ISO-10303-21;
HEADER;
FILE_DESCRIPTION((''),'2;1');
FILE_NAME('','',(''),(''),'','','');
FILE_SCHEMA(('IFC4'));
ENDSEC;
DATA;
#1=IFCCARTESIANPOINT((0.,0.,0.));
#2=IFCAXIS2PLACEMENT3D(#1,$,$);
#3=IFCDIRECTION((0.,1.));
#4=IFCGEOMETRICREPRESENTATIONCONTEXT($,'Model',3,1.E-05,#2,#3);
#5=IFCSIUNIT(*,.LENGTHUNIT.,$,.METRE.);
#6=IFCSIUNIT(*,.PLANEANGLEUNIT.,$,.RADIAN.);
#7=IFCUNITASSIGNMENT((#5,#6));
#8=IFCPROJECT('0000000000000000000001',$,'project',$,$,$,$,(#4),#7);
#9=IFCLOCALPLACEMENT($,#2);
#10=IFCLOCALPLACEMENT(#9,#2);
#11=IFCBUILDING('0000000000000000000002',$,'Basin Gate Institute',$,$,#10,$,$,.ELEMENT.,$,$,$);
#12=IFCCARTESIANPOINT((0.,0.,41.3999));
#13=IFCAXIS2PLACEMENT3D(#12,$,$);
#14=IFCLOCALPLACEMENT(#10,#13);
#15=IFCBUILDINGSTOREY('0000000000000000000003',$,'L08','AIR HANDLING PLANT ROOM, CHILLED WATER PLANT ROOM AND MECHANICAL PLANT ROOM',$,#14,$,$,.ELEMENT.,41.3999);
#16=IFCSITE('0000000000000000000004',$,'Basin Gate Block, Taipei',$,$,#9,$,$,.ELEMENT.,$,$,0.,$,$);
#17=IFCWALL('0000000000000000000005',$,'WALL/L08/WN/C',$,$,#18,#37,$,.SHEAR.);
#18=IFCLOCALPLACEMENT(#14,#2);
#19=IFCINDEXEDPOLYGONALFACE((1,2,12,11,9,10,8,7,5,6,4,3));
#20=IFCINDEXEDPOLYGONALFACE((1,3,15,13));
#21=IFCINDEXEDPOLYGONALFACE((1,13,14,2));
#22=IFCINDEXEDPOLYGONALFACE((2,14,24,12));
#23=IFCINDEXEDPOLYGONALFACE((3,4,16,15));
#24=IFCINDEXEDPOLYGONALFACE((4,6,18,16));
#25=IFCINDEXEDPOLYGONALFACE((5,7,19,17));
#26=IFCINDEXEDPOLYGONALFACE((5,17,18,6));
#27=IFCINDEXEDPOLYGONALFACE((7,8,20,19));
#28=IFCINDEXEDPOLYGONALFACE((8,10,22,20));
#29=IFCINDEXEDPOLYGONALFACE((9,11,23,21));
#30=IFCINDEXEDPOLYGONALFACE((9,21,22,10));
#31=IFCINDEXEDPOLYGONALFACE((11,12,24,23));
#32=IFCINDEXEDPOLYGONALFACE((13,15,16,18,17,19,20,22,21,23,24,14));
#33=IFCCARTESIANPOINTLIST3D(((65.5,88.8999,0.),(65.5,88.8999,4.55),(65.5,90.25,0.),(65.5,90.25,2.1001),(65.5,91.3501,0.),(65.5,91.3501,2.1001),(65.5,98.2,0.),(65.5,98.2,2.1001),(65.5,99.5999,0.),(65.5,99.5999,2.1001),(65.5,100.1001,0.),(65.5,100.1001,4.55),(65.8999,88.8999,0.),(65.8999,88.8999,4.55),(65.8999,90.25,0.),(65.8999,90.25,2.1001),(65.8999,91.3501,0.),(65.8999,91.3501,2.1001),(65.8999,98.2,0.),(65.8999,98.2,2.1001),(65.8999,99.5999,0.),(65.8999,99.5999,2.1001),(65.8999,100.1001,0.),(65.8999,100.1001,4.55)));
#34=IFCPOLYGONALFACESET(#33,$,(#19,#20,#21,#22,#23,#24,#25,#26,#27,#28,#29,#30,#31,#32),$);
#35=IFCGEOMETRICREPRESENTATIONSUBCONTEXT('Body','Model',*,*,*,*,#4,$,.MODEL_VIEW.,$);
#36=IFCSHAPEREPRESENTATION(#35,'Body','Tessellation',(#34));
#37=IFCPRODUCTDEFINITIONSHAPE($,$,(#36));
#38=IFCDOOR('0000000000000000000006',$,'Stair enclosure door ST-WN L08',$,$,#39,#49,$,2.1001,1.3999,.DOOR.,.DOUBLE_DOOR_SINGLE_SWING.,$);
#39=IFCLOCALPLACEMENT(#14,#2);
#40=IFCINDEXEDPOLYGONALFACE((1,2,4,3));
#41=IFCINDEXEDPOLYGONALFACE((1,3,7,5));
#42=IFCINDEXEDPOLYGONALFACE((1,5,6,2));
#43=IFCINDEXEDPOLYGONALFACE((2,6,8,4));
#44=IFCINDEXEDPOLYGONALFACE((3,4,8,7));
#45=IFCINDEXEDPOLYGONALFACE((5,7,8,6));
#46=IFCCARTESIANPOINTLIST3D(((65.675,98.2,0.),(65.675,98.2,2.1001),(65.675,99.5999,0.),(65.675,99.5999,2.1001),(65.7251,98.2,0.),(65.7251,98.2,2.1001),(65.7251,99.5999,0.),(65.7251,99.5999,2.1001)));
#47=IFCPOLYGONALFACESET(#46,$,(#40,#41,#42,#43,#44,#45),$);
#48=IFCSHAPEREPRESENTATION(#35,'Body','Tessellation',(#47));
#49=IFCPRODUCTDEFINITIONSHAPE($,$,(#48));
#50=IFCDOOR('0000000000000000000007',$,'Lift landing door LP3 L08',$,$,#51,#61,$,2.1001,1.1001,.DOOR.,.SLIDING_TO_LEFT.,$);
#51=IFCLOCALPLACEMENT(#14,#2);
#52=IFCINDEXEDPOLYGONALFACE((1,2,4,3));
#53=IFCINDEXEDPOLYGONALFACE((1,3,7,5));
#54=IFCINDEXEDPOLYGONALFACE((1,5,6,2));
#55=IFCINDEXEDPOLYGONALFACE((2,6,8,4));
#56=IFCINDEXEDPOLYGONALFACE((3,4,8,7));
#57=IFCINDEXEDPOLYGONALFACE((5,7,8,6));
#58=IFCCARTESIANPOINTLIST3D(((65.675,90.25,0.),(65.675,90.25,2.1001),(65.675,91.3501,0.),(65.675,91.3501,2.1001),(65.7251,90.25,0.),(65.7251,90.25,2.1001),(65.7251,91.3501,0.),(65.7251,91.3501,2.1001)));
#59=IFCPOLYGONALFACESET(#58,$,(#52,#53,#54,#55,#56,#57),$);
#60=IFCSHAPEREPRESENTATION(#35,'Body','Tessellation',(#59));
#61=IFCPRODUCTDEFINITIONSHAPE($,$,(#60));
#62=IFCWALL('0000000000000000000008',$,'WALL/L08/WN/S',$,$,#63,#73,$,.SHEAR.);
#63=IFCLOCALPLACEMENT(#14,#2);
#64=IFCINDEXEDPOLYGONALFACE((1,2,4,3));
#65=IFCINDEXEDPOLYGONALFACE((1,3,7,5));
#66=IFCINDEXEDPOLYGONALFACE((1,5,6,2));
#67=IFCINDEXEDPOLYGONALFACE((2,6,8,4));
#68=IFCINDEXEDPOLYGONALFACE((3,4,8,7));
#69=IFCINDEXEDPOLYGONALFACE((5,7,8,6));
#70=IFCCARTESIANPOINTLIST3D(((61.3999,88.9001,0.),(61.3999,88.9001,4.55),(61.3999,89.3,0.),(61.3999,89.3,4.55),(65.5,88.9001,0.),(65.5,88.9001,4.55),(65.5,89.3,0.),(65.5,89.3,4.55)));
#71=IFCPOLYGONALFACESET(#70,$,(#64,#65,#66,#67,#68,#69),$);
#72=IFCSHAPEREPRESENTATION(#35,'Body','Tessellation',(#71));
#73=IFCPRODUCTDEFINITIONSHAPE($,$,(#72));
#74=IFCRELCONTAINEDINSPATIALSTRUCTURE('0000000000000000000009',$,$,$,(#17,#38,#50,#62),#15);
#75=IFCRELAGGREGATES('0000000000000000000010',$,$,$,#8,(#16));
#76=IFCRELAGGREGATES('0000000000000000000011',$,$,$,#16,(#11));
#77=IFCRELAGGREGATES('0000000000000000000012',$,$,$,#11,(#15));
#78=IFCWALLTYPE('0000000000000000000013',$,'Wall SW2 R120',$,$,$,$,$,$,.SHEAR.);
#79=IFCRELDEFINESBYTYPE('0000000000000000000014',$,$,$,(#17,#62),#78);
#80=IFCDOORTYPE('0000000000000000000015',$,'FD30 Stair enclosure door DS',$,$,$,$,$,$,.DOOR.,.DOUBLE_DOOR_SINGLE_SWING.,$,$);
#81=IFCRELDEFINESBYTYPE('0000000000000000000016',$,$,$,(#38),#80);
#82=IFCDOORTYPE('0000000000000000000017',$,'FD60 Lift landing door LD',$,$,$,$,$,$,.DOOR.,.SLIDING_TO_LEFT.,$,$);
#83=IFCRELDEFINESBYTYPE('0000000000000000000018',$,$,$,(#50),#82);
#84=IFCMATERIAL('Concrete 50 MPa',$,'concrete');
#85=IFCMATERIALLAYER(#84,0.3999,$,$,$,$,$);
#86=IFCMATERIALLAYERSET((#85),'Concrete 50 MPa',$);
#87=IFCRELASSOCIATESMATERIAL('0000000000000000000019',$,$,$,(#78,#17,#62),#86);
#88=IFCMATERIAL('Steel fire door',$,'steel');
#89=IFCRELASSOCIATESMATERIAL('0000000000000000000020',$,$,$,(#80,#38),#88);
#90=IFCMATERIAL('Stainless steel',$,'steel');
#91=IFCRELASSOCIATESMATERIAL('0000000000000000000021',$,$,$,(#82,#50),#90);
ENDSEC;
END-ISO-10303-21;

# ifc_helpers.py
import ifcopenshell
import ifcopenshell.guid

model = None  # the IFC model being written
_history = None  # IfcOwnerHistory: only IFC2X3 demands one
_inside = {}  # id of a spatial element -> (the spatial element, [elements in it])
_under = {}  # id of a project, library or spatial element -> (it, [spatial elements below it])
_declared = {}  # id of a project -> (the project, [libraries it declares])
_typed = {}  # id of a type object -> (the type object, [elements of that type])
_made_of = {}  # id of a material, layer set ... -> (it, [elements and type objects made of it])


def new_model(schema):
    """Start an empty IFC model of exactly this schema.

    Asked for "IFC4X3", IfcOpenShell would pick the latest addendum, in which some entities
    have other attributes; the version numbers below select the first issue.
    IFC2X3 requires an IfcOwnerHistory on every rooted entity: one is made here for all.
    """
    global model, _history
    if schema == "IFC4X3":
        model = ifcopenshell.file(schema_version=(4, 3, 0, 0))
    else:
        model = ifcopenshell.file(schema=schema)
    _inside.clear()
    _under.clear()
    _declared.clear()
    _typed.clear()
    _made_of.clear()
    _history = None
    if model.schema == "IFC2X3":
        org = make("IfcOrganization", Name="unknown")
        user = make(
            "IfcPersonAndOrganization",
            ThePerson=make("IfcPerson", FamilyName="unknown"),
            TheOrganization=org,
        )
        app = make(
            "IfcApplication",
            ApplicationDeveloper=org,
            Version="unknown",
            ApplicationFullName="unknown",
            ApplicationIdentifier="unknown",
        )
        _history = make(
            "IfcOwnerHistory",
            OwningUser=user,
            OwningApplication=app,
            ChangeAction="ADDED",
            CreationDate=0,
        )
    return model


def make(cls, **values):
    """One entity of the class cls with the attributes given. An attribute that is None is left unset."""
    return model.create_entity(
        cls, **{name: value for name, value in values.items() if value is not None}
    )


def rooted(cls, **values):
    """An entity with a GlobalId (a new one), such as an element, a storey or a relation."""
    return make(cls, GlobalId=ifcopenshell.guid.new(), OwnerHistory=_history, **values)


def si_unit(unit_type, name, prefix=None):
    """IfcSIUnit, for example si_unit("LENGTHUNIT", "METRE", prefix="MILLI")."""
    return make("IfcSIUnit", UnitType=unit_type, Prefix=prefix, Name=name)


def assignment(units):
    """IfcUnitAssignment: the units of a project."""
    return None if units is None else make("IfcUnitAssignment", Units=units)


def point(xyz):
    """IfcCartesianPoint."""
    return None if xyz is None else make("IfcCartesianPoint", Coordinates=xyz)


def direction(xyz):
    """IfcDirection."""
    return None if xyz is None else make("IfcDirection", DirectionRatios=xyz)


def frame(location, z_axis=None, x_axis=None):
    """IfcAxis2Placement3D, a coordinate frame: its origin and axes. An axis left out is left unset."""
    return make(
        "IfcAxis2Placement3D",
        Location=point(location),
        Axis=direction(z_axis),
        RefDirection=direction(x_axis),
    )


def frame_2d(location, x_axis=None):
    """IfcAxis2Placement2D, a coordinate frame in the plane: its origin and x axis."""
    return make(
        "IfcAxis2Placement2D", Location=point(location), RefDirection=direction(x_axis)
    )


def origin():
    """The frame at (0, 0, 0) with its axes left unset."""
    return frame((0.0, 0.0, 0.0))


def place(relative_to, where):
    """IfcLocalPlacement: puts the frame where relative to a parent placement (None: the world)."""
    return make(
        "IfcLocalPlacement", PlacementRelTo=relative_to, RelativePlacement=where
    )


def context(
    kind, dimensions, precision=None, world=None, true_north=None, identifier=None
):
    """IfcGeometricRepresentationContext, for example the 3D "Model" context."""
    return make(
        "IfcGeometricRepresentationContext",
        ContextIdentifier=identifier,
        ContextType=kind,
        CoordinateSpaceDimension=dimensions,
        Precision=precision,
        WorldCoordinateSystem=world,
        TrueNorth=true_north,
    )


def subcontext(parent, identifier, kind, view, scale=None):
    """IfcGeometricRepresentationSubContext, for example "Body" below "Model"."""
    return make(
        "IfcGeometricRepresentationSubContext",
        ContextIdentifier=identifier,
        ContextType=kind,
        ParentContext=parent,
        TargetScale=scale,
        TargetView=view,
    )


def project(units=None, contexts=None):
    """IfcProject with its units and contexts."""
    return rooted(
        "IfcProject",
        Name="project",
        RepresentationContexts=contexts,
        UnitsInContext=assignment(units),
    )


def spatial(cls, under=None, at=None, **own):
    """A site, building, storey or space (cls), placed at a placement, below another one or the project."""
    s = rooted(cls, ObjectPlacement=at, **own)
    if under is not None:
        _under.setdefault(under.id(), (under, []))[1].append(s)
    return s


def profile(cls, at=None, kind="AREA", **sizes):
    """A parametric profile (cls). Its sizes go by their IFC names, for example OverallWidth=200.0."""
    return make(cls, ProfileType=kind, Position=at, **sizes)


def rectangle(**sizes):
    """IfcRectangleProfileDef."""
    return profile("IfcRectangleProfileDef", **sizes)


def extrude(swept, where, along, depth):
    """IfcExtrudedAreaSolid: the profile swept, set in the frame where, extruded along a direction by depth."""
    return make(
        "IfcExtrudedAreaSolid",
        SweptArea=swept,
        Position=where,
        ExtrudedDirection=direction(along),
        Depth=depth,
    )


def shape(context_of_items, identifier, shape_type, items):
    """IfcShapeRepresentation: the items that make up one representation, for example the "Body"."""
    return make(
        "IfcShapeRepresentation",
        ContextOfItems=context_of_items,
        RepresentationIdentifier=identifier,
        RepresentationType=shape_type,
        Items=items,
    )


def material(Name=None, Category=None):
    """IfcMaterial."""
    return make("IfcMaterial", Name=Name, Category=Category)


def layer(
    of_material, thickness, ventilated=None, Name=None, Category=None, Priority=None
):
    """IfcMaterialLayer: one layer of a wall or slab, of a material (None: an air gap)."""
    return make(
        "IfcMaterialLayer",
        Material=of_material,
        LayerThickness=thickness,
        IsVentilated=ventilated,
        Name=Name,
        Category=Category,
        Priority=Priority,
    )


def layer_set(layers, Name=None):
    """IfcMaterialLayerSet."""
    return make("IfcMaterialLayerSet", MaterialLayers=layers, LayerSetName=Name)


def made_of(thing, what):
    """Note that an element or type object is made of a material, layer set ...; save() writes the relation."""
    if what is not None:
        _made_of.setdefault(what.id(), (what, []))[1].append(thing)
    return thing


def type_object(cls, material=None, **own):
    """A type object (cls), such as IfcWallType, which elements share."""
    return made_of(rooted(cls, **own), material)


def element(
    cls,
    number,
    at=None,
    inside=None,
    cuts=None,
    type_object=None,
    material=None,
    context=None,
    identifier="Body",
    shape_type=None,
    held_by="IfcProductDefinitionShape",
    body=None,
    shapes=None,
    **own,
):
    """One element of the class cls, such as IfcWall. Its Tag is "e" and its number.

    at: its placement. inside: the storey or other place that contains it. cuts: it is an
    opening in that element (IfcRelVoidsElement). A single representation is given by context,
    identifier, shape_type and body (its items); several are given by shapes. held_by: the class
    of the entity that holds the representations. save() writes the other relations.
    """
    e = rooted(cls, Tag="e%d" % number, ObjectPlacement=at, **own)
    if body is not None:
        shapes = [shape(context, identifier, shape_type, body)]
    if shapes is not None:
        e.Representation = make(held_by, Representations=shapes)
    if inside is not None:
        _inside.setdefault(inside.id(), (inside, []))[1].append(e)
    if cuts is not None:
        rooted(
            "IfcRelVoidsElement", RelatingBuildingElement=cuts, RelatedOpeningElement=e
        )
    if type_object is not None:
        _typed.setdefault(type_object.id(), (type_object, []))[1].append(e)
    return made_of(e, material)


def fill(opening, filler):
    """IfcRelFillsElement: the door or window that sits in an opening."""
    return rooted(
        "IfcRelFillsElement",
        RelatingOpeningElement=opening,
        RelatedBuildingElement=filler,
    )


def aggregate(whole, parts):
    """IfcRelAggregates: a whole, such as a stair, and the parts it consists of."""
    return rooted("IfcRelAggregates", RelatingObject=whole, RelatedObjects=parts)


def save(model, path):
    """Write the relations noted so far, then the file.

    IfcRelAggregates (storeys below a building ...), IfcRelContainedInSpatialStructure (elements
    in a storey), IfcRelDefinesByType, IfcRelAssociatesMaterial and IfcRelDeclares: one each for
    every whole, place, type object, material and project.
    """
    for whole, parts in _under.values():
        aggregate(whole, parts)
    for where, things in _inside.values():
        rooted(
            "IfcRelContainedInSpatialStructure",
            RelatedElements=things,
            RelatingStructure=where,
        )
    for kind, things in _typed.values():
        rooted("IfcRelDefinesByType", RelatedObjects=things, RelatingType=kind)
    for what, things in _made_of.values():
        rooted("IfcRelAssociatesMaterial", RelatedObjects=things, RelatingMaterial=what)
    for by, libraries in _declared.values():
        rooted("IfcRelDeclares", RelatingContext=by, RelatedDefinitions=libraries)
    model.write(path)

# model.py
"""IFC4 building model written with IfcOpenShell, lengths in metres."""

from ifc_helpers import new_model, si_unit, direction, frame, frame_2d, origin, place, context, subcontext, project, spatial, rectangle, extrude, material, layer, layer_set, type_object, element, fill, save


model = new_model("IFC4")

# Units and contexts
model_context = context("Model", 3, precision=1e-05, world=origin(), true_north=direction((0.0, 1.0)))
body_context = subcontext(model_context, "Body", "Model", "MODEL_VIEW")
ifc_project = project(units=[si_unit("LENGTHUNIT", "METRE"), si_unit("PLANEANGLEUNIT", "RADIAN")], contexts=[model_context])

# Site, building, storey
site_placement = place(None, origin())
site = spatial("IfcSite", under=ifc_project, at=site_placement, Name="Basin Gate Block, Taipei", CompositionType="ELEMENT", RefElevation=0.0)
building_placement = place(site_placement, origin())
building = spatial("IfcBuilding", under=site, at=building_placement, Name="Basin Gate Institute", CompositionType="ELEMENT")
storey_placement = place(building_placement, frame((0.0, 0.0, 41.3999)))
storey = spatial("IfcBuildingStorey", under=building, at=storey_placement, Name="L08", Description="AIR HANDLING PLANT ROOM, CHILLED WATER PLANT ROOM AND MECHANICAL PLANT ROOM", CompositionType="ELEMENT", Elevation=41.3999)

# Shared definitions
ifc_material_1 = material(Name="Concrete 50 MPa", Category="concrete")
ifc_layer_1 = layer(ifc_material_1, 0.3999)
ifc_layer_set_1 = layer_set([ifc_layer_1], Name="Concrete 50 MPa")
wall_type_1 = type_object("IfcWallType", Name="Wall SW2 R120", PredefinedType="SHEAR", material=ifc_layer_set_1)

# Wall, openings, doors
wall_1_placement = place(storey_placement, frame((65.7, 88.8999, 0.0), z_axis=(0.0, 0.0, 1.0), x_axis=(0.0, 1.0, 0.0)))
wall_1 = element("IfcWall", 1, at=wall_1_placement, inside=storey, type_object=wall_type_1, material=ifc_layer_set_1, Name="WALL/L08/WN/C", PredefinedType="SHEAR", context=body_context, shape_type="SweptSolid", body=[
    extrude(rectangle(XDim=11.2002, YDim=0.3999, at=frame_2d((5.6001, 0.0))), origin(), (0.0, 0.0, 1.0), 4.55),
])
opening_1_placement = place(wall_1_placement, frame((9.3, 0.0, 0.0)))
opening_1 = element("IfcOpeningElement", 2, at=opening_1_placement, cuts=wall_1, PredefinedType="OPENING", context=body_context, shape_type="SweptSolid", body=[
    extrude(rectangle(XDim=1.3999, YDim=2.1001, at=frame_2d((0.7, 1.05))), frame((0.0, 0.21, 0.0), z_axis=(0.0, -1.0, 0.0), x_axis=(1.0, 0.0, 0.0)), (0.0, 0.0, 1.0), 0.4199),
])
opening_2_placement = place(wall_1_placement, frame((1.3501, 0.0, 0.0)))
opening_2 = element("IfcOpeningElement", 3, at=opening_2_placement, cuts=wall_1, PredefinedType="OPENING", context=body_context, shape_type="SweptSolid", body=[
    extrude(rectangle(XDim=1.1001, YDim=2.1001, at=frame_2d((0.55, 1.05))), frame((0.0, 0.21, 0.0), z_axis=(0.0, -1.0, 0.0), x_axis=(1.0, 0.0, 0.0)), (0.0, 0.0, 1.0), 0.4199),
])
ifc_material_2 = material(Name="Steel fire door", Category="steel")
door_type_1 = type_object("IfcDoorType", Name="FD30 Stair enclosure door DS", OperationType="DOUBLE_DOOR_SINGLE_SWING", PredefinedType="DOOR", material=ifc_material_2)
door_1_placement = place(opening_1_placement, origin())
door_1 = element("IfcDoor", 4, at=door_1_placement, inside=storey, type_object=door_type_1, material=ifc_material_2, Name="Stair enclosure door ST-WN L08", OperationType="DOUBLE_DOOR_SINGLE_SWING", OverallHeight=2.1001, OverallWidth=1.3999, PredefinedType="DOOR", context=body_context, shape_type="SweptSolid", body=[
    extrude(rectangle(XDim=1.3999, YDim=2.1001, at=frame_2d((0.7, 1.05))), frame((0.0, 0.0249, 0.0), z_axis=(0.0, -1.0, 0.0), x_axis=(1.0, 0.0, 0.0)), (0.0, 0.0, 1.0), 0.05),
])
fill(opening_1, door_1)
ifc_material_3 = material(Name="Stainless steel", Category="steel")
door_type_2 = type_object("IfcDoorType", Name="FD60 Lift landing door LD", OperationType="SLIDING_TO_LEFT", PredefinedType="DOOR", material=ifc_material_3)
door_2_placement = place(opening_2_placement, origin())
door_2 = element("IfcDoor", 5, at=door_2_placement, inside=storey, type_object=door_type_2, material=ifc_material_3, Name="Lift landing door LP3 L08", OperationType="SLIDING_TO_LEFT", OverallHeight=2.1001, OverallWidth=1.1001, PredefinedType="DOOR", context=body_context, shape_type="SweptSolid", body=[
    extrude(rectangle(XDim=1.1001, YDim=2.1001, at=frame_2d((0.55, 1.05))), frame((0.0, 0.0249, 0.0), z_axis=(0.0, -1.0, 0.0), x_axis=(1.0, 0.0, 0.0)), (0.0, 0.0, 1.0), 0.05),
])
fill(opening_2, door_2)

# Wall
wall_2_placement = place(storey_placement, frame((61.3999, 89.1001, 0.0), z_axis=(0.0, 0.0, 1.0), x_axis=(1.0, 0.0, 0.0)))
element("IfcWall", 6, at=wall_2_placement, inside=storey, type_object=wall_type_1, material=ifc_layer_set_1, Name="WALL/L08/WN/S", PredefinedType="SHEAR", context=body_context, shape_type="SweptSolid", body=[
    extrude(rectangle(XDim=4.1001, YDim=0.3999, at=frame_2d((2.05, 0.0))), origin(), (0.0, 0.0, 1.0), 4.55),
])

save(model, "model.ifc")
